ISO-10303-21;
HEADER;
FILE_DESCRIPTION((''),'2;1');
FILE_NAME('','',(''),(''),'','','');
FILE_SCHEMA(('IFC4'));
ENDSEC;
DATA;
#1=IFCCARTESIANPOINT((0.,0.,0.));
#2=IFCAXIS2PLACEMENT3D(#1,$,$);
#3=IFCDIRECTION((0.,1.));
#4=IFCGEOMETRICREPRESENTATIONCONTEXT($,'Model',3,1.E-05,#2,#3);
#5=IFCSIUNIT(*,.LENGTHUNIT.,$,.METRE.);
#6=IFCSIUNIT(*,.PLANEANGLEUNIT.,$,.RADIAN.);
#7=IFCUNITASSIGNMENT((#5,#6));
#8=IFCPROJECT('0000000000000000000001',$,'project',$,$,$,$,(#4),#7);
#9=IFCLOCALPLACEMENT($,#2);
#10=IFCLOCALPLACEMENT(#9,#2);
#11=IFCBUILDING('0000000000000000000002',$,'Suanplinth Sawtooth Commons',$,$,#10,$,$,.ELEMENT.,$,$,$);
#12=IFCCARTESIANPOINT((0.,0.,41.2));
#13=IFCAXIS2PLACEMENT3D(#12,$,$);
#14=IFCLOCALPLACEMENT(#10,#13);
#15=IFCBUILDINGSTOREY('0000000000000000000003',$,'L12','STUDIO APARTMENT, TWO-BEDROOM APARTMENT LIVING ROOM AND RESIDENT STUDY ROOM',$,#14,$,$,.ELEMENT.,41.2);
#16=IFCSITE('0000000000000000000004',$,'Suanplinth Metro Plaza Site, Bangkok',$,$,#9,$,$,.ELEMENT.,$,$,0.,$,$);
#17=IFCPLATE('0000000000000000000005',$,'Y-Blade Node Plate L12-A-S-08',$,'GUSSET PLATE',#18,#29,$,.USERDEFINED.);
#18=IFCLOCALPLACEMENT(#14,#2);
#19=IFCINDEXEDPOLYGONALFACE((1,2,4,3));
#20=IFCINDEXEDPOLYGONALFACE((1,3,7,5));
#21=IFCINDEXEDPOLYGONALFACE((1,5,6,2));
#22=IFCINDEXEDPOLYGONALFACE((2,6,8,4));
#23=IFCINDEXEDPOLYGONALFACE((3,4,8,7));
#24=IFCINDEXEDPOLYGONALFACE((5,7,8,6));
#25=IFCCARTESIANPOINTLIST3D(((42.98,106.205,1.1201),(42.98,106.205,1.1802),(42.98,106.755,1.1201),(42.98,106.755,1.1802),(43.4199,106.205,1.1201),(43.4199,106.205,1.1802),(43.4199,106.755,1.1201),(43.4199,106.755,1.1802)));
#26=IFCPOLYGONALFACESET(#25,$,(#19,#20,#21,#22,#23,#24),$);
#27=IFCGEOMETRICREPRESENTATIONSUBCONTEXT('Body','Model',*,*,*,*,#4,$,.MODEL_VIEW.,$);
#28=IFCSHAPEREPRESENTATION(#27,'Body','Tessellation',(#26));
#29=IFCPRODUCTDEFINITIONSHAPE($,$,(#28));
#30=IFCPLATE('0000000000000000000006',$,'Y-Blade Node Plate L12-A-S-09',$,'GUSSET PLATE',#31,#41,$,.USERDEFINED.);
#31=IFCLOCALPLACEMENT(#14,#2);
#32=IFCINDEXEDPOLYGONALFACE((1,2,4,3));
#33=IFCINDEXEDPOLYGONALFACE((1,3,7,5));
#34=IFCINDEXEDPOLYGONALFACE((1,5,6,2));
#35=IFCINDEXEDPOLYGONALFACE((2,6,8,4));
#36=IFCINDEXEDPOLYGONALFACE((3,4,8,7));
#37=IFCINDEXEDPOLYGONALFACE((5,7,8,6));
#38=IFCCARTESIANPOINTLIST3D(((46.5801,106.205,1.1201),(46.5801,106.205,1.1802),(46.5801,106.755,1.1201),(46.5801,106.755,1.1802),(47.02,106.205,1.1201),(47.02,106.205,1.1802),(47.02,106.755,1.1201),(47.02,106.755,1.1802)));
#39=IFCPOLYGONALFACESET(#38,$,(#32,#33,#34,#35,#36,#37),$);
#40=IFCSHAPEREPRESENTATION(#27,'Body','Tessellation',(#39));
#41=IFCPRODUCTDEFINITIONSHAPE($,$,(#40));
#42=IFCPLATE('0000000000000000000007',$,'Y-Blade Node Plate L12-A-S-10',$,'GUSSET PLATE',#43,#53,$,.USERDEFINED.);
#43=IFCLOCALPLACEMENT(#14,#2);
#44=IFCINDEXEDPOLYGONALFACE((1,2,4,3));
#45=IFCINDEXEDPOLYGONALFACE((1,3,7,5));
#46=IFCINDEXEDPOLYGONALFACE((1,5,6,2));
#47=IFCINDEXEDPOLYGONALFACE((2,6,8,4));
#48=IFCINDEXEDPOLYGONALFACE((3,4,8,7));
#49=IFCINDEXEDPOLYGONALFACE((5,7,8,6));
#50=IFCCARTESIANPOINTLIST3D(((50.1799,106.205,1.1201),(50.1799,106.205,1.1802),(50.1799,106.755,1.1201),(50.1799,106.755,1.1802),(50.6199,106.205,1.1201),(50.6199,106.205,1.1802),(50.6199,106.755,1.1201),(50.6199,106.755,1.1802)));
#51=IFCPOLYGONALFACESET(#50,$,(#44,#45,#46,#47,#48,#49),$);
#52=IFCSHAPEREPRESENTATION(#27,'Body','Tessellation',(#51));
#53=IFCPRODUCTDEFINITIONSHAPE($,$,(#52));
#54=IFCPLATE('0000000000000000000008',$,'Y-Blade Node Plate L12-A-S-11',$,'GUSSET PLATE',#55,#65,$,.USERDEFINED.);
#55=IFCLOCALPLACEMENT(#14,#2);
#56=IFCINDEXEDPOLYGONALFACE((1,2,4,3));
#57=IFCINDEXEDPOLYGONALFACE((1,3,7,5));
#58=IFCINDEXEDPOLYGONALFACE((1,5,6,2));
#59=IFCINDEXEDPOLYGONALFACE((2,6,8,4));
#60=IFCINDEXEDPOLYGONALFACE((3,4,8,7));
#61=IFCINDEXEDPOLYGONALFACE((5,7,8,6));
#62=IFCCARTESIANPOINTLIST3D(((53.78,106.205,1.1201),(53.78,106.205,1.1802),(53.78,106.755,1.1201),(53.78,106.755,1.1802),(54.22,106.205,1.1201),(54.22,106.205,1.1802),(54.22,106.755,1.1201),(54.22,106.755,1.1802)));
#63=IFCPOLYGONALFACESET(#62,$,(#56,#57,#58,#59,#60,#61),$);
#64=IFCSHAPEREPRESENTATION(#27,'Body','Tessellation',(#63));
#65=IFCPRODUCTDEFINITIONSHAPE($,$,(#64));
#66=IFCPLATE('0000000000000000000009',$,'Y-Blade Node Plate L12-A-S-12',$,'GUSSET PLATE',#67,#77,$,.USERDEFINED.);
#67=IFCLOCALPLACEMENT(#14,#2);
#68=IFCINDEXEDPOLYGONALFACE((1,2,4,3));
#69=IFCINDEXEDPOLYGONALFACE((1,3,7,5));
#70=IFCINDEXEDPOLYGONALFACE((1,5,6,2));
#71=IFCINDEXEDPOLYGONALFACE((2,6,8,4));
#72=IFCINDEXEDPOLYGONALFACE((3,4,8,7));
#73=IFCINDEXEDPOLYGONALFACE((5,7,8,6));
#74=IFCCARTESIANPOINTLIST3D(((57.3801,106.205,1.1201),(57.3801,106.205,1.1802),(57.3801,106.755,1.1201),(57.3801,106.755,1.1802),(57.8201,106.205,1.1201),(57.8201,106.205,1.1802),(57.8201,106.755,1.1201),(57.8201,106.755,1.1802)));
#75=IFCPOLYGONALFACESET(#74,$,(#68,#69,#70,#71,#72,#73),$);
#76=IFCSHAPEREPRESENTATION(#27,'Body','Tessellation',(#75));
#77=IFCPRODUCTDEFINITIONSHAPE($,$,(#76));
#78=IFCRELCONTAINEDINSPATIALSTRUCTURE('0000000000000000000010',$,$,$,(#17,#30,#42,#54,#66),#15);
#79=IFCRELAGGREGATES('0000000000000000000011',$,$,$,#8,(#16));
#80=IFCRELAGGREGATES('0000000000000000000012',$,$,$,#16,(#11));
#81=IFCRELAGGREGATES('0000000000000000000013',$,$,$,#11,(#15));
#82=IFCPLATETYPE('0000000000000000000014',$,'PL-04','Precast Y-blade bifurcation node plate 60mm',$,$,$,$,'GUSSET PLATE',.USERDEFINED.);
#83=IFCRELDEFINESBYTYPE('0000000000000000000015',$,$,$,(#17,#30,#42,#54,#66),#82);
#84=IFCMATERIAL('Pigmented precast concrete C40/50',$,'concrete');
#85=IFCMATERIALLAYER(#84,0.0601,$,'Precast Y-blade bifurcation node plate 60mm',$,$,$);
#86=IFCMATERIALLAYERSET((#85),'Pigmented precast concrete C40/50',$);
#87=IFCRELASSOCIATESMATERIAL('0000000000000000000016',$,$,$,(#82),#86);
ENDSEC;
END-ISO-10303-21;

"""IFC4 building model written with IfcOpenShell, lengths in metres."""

from ifc_helpers import new_model, si_unit, direction, frame, origin, origin_2d, place, context, subcontext, project, spatial, rectangle, extrude, material, layer, layer_set, type_object, element, save


model = new_model("IFC4")

# Units and contexts
model_context = context("Model", 3, precision=1e-05, world=origin(), true_north=direction((0.0, 1.0)))
body_context = subcontext(model_context, "Body", "Model", "MODEL_VIEW")
ifc_project = project(units=[si_unit("LENGTHUNIT", "METRE"), si_unit("PLANEANGLEUNIT", "RADIAN")], contexts=[model_context])

# Site, building, storey
site_placement = place(None, origin())
site = spatial("IfcSite", under=ifc_project, at=site_placement, Name="Suanplinth Metro Plaza Site, Bangkok", CompositionType="ELEMENT", RefElevation=0.0)
building_placement = place(site_placement, origin())
building = spatial("IfcBuilding", under=site, at=building_placement, Name="Suanplinth Sawtooth Commons", CompositionType="ELEMENT")
storey_placement = place(building_placement, frame((0.0, 0.0, 41.2)))
storey = spatial("IfcBuildingStorey", under=building, at=storey_placement, Name="L12", Description="STUDIO APARTMENT, TWO-BEDROOM APARTMENT LIVING ROOM AND RESIDENT STUDY ROOM", CompositionType="ELEMENT", Elevation=41.2)

# Shared definitions
ifc_material = material(Name="Pigmented precast concrete C40/50", Category="concrete")

# Plates
ifc_layer = layer(ifc_material, 0.0601, Name="Precast Y-blade bifurcation node plate 60mm")
ifc_layer_set = layer_set([ifc_layer], Name="Pigmented precast concrete C40/50")
plate_type = type_object("IfcPlateType", Name="PL-04", Description="Precast Y-blade bifurcation node plate 60mm", ElementType="GUSSET PLATE", PredefinedType="USERDEFINED", material=ifc_layer_set)
for number, where, z_axis, x_axis, name in (
    (1, (43.2, 106.48, 1.1201), (0.0, 0.0, 1.0), (1.0, 0.0, 0.0), "Y-Blade Node Plate L12-A-S-08"),
    (2, (46.8, 106.48, 1.1201), (0.0, 0.0, 1.0), (1.0, 0.0, 0.0), "Y-Blade Node Plate L12-A-S-09"),
    (3, (50.3999, 106.48, 1.1201), (0.0, 0.0, 1.0), (1.0, 0.0, 0.0), "Y-Blade Node Plate L12-A-S-10"),
    (4, (54.0, 106.48, 1.1201), (0.0, 0.0, 1.0), (1.0, 0.0, 0.0), "Y-Blade Node Plate L12-A-S-11"),
    (5, (57.6001, 106.48, 1.1201), (0.0, 0.0, 1.0), (1.0, 0.0, 0.0), "Y-Blade Node Plate L12-A-S-12"),
):
    element("IfcPlate", number, at=place(storey_placement, frame(where, z_axis=z_axis, x_axis=x_axis)), inside=storey, type_object=plate_type, Name=name, ObjectType="GUSSET PLATE", PredefinedType="USERDEFINED", context=body_context, shape_type="SweptSolid", body=[
        extrude(rectangle(XDim=0.4399, YDim=0.55, at=origin_2d()), origin(), (0.0, 0.0, 1.0), 0.0601),
    ])

save(model, "model.ifc")
